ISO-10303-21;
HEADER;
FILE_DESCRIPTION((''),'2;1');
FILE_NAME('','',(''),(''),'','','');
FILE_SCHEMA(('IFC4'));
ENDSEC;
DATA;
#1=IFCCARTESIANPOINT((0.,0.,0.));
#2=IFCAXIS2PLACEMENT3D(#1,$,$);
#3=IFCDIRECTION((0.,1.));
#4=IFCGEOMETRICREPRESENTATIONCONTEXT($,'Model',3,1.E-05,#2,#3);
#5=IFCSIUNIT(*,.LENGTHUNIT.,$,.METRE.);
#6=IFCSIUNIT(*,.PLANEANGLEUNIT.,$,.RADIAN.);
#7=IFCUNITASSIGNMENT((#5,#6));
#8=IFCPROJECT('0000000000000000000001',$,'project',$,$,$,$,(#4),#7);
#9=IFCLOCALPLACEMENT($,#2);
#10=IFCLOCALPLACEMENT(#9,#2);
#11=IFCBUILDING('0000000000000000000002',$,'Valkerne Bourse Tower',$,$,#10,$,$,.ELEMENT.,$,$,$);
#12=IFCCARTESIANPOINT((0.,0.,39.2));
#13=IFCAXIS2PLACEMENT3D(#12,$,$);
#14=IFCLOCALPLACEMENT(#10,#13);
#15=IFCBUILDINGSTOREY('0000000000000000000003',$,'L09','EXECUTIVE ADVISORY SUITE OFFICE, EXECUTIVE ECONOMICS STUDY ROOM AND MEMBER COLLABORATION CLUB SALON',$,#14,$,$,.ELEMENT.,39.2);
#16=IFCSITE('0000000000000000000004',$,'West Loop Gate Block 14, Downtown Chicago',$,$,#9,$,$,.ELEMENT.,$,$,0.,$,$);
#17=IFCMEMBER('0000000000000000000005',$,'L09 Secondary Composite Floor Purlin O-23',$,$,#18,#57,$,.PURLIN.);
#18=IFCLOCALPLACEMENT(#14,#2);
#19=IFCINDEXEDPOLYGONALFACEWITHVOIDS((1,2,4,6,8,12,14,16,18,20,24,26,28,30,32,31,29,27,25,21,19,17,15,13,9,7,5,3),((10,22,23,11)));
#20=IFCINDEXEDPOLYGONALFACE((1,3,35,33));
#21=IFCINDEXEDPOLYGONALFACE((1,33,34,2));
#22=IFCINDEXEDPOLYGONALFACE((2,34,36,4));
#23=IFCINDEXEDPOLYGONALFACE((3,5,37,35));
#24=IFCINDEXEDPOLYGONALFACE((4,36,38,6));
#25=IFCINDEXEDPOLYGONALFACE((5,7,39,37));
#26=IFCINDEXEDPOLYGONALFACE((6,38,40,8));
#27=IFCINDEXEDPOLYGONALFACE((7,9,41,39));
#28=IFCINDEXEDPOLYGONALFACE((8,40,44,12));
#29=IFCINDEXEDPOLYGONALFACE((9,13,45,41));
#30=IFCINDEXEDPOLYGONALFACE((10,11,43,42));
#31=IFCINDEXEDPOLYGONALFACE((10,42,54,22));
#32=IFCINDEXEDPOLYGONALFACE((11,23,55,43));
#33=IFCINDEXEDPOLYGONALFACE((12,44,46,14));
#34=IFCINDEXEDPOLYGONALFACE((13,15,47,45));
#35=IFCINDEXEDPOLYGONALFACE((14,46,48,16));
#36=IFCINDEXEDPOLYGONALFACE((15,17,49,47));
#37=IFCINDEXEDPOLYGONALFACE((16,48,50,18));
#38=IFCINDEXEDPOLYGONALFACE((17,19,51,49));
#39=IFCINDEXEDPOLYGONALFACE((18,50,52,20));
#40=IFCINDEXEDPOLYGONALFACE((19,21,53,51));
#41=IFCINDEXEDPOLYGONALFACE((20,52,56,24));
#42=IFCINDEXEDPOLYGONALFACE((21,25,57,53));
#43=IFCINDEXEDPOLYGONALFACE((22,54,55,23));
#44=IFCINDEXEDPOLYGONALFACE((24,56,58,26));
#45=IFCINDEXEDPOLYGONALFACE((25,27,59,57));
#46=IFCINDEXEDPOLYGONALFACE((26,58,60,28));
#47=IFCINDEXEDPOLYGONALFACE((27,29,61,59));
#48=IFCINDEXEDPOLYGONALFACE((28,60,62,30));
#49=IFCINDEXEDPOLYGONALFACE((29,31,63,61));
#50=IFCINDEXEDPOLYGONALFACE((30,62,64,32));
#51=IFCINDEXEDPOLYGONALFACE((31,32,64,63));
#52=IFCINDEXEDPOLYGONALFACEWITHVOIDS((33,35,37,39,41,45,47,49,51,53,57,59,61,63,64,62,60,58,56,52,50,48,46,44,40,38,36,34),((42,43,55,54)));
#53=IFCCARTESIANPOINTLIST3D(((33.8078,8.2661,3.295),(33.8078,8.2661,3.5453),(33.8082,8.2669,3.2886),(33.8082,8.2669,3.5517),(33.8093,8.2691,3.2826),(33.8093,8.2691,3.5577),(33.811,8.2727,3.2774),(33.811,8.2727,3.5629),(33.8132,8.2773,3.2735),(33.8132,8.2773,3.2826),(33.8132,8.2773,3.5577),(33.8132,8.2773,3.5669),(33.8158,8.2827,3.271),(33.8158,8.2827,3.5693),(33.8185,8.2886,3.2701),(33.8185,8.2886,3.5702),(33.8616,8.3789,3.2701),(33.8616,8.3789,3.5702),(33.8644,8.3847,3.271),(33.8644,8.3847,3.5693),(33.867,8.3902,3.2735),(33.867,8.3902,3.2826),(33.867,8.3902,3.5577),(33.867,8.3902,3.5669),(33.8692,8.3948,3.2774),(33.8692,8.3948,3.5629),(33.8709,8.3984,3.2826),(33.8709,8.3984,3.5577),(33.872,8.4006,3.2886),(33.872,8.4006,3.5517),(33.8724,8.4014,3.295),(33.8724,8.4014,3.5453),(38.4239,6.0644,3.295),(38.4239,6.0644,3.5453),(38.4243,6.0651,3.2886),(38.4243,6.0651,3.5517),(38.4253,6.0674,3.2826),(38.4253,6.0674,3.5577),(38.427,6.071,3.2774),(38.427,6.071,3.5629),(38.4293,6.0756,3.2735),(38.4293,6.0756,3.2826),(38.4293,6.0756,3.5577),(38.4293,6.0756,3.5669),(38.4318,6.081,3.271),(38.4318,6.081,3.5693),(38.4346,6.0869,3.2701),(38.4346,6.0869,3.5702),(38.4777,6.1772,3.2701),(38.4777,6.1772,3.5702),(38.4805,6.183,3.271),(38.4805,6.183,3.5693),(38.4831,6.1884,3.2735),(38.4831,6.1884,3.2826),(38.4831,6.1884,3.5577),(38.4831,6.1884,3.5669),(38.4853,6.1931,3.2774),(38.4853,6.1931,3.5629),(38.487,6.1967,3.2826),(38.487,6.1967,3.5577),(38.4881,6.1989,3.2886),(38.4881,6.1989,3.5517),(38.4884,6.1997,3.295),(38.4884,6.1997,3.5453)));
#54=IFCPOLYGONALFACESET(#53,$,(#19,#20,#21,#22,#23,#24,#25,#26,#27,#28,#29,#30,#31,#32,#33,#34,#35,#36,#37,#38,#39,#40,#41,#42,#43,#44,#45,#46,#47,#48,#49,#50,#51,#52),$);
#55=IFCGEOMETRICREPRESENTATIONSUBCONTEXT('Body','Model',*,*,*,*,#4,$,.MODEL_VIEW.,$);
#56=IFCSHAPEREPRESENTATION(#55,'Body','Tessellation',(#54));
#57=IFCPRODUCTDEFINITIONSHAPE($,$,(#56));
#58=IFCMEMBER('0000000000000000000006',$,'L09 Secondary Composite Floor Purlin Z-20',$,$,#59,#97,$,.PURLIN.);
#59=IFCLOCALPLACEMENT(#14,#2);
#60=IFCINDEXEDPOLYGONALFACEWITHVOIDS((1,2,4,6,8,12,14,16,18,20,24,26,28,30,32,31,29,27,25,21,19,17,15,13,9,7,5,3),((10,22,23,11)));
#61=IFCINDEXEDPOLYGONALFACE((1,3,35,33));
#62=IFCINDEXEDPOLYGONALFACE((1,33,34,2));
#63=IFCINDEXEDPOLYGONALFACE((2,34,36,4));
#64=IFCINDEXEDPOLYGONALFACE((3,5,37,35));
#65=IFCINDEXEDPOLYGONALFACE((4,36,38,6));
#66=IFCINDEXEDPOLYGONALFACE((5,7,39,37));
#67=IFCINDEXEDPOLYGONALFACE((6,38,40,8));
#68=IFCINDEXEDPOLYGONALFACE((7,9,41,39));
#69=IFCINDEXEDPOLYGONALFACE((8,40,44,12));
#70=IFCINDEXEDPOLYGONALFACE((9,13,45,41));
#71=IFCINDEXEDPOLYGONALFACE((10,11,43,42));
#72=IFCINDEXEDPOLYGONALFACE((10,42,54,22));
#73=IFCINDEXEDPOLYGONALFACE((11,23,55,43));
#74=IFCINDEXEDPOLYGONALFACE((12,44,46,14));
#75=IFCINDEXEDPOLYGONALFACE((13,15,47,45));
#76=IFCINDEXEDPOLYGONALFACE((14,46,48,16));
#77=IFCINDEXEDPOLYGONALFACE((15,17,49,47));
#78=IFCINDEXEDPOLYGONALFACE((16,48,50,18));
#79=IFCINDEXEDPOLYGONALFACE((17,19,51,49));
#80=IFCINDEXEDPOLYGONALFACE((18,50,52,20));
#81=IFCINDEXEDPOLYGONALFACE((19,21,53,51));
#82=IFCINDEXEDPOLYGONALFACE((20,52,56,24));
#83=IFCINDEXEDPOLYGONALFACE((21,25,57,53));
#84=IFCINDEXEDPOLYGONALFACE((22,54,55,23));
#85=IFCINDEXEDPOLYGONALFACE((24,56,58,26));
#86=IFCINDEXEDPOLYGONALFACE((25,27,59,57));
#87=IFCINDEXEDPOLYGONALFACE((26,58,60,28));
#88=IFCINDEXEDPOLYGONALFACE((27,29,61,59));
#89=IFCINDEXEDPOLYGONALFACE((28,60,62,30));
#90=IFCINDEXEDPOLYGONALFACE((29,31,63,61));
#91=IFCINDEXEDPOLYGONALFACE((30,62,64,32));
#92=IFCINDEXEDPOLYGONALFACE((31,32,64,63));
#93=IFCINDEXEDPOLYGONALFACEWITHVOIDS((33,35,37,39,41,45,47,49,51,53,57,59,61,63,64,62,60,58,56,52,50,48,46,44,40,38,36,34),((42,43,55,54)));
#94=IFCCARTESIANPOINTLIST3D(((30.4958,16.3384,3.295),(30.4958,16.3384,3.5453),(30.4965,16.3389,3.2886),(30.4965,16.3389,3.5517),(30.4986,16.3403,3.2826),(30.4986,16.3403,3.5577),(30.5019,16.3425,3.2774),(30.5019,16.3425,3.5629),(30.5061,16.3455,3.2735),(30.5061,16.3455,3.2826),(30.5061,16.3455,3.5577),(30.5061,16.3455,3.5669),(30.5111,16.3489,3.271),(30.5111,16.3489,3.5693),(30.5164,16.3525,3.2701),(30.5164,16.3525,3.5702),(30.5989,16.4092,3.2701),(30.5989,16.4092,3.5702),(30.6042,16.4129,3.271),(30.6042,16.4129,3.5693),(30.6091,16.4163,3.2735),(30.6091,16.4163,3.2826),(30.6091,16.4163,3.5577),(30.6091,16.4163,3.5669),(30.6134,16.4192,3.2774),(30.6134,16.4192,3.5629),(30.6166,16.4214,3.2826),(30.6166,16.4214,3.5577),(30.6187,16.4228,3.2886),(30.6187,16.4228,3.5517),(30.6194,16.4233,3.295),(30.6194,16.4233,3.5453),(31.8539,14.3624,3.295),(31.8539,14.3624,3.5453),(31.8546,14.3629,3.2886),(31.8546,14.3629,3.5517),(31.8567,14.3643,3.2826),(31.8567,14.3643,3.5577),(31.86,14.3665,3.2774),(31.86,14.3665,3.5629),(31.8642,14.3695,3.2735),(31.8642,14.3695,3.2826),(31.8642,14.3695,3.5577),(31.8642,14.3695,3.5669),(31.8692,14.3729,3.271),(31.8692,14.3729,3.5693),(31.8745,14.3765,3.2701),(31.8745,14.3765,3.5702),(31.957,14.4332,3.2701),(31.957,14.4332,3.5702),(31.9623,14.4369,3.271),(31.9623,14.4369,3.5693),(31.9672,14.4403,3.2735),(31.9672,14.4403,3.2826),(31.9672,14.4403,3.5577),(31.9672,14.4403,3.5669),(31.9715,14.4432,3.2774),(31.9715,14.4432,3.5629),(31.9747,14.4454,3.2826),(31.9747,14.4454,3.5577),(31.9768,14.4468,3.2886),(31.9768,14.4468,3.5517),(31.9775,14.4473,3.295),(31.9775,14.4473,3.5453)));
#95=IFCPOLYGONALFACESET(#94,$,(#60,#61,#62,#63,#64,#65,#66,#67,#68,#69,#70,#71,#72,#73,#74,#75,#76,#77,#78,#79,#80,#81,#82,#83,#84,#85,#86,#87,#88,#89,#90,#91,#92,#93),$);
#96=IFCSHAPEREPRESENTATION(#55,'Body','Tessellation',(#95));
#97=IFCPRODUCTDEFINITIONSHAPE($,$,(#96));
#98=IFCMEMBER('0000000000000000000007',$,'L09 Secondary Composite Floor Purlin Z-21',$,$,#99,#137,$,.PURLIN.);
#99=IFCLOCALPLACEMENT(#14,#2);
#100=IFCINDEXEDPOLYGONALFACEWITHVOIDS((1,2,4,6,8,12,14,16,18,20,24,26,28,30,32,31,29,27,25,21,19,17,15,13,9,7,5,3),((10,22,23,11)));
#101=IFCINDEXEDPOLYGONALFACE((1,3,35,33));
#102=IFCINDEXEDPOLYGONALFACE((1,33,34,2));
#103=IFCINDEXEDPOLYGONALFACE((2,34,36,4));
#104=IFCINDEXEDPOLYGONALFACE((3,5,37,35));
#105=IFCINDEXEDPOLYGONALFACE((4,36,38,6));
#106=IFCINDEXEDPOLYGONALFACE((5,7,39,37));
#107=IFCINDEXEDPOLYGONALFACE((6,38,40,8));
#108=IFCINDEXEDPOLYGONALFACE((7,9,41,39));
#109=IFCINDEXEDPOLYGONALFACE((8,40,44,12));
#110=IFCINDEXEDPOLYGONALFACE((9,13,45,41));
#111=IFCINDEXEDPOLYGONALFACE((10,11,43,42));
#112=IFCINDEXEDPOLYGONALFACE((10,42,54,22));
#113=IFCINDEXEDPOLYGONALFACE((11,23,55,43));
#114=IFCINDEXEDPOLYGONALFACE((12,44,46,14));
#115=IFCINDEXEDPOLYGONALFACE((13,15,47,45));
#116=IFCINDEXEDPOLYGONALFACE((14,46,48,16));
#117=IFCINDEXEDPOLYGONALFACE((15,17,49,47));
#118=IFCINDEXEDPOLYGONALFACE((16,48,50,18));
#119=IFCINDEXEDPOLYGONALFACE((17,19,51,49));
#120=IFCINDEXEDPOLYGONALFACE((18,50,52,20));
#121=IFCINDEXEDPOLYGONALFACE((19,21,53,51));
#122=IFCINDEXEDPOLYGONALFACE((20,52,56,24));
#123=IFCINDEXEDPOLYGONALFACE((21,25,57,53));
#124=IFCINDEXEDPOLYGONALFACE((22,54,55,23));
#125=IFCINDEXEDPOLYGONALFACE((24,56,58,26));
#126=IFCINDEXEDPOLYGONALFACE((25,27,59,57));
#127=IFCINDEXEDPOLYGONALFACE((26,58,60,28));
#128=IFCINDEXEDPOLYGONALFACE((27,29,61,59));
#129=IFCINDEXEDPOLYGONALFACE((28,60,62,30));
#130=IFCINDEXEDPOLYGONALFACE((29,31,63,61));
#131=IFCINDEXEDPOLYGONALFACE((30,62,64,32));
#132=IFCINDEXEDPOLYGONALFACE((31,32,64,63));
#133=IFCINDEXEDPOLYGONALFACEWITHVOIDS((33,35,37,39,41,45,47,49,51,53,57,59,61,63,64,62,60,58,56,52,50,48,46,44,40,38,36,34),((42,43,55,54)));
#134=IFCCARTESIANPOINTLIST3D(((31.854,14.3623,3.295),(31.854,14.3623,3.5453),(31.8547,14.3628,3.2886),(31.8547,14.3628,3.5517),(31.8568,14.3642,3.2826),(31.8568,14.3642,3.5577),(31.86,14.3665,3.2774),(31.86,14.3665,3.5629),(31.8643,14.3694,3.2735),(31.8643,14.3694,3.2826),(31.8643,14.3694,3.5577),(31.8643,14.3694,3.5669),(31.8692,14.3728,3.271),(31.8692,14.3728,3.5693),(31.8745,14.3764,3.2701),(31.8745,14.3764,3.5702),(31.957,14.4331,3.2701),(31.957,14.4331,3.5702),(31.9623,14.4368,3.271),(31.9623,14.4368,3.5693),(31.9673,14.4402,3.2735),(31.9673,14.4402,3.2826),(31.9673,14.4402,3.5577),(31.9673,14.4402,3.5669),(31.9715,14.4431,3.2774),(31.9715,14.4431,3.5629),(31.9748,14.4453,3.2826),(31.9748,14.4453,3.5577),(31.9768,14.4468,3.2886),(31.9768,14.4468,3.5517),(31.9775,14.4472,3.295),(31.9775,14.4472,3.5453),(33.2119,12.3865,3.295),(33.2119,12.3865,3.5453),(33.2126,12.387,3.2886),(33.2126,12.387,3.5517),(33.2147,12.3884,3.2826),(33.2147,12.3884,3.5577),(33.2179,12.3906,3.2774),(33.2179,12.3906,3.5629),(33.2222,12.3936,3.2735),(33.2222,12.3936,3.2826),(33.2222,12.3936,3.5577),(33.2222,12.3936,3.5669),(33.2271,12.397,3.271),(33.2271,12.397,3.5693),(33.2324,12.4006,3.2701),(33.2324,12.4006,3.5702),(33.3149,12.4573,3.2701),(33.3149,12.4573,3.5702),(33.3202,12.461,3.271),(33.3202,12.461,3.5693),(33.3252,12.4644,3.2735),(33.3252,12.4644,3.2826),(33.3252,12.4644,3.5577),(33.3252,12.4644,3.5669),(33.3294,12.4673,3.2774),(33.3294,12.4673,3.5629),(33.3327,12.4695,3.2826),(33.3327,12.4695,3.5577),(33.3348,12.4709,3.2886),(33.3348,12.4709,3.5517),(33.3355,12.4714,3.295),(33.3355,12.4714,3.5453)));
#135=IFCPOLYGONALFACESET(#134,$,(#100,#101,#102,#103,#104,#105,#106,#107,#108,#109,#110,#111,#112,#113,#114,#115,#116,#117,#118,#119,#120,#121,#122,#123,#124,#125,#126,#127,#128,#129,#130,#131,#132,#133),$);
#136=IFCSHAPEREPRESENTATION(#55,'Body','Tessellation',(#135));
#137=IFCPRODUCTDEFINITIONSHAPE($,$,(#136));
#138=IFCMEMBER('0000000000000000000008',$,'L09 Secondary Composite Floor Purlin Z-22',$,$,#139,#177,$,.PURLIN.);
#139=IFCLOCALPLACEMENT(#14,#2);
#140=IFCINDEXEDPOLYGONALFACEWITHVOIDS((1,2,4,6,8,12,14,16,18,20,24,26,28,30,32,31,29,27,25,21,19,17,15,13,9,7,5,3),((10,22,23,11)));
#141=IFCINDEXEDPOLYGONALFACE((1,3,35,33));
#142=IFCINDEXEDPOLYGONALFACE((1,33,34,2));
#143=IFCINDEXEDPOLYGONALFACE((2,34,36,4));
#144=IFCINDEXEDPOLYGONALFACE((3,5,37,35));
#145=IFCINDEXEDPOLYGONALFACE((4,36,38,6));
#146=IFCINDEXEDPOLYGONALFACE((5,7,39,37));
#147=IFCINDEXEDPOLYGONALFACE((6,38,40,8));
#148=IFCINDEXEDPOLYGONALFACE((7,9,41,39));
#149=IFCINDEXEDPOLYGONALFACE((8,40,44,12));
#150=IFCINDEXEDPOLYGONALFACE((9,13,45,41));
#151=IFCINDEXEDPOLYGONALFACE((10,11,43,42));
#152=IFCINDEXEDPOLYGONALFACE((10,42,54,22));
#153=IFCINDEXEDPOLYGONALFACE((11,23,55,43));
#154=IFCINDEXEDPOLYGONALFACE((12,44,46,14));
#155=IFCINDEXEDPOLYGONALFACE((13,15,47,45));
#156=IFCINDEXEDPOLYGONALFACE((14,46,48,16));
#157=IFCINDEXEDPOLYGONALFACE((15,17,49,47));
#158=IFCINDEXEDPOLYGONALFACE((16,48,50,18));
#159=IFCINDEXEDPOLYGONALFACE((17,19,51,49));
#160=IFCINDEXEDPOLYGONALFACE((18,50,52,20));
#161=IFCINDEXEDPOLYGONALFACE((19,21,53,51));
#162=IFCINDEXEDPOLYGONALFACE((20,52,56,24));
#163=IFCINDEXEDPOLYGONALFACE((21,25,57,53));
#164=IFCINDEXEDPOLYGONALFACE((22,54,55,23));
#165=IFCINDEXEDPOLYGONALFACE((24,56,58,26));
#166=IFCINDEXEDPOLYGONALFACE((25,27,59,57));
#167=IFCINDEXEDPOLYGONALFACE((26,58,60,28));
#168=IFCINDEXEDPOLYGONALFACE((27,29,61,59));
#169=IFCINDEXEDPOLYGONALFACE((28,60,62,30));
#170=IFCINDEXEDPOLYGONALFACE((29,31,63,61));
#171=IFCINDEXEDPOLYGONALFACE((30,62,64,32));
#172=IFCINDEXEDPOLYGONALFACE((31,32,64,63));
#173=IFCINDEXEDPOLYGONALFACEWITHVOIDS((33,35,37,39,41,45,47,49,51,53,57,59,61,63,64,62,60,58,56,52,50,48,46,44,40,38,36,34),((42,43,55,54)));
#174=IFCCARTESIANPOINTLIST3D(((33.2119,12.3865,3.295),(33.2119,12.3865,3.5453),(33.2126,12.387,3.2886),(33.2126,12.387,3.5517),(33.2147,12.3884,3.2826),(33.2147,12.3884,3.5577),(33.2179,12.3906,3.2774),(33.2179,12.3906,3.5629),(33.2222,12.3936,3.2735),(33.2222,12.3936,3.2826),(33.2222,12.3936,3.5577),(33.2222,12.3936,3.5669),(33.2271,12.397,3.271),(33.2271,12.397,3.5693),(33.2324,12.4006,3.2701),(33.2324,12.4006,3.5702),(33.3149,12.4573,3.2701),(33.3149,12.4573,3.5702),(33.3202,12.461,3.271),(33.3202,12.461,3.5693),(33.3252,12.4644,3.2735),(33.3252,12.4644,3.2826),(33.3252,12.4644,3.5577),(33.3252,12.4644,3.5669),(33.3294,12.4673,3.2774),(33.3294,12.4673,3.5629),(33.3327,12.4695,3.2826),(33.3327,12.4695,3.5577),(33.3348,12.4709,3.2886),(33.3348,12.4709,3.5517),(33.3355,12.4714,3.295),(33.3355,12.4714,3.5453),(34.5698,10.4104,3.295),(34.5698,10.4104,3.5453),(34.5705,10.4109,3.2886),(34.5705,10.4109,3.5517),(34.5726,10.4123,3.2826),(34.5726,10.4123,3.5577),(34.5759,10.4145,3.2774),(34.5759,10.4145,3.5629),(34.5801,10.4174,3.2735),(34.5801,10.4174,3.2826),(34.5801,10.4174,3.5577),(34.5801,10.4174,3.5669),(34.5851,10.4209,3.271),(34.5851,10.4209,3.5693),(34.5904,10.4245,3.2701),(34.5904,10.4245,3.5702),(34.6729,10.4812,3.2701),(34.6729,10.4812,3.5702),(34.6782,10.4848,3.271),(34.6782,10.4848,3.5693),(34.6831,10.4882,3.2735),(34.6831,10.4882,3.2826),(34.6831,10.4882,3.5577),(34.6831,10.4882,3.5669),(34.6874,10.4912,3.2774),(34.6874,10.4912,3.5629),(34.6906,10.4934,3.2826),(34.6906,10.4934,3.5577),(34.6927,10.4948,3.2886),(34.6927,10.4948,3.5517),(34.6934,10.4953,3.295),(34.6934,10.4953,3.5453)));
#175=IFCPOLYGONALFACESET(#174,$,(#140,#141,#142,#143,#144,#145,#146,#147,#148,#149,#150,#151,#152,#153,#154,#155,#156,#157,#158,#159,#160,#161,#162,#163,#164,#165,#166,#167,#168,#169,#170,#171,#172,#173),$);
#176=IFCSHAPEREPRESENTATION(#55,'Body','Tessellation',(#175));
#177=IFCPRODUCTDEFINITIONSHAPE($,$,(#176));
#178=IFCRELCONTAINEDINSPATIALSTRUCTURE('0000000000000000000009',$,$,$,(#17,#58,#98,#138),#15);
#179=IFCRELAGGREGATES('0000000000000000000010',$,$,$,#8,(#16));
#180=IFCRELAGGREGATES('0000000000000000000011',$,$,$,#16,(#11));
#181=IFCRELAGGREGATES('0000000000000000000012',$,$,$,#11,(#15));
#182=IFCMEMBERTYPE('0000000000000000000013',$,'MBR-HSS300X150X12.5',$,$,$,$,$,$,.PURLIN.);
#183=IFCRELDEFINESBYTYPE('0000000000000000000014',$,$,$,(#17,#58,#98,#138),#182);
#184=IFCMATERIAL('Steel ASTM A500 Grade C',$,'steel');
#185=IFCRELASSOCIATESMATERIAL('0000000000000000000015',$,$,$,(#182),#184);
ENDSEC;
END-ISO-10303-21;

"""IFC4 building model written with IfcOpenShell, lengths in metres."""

from ifc_helpers import new_model, si_unit, direction, frame, origin, origin_2d, place, context, subcontext, project, spatial, hollow_rectangle, extrude, material, material_profile, profile_set, type_object, element, save


model = new_model("IFC4")

# Units and contexts
model_context = context("Model", 3, precision=1e-05, world=origin(), true_north=direction((0.0, 1.0)))
body_context = subcontext(model_context, "Body", "Model", "MODEL_VIEW")
ifc_project = project(units=[si_unit("LENGTHUNIT", "METRE"), si_unit("PLANEANGLEUNIT", "RADIAN")], contexts=[model_context])

# Site, building, storey
site_placement = place(None, origin())
site = spatial("IfcSite", under=ifc_project, at=site_placement, Name="West Loop Gate Block 14, Downtown Chicago", CompositionType="ELEMENT", RefElevation=0.0)
building_placement = place(site_placement, origin())
building = spatial("IfcBuilding", under=site, at=building_placement, Name="Valkerne Bourse Tower", CompositionType="ELEMENT")
storey_placement = place(building_placement, frame((0.0, 0.0, 39.2)))
storey = spatial("IfcBuildingStorey", under=building, at=storey_placement, Name="L09", Description="EXECUTIVE ADVISORY SUITE OFFICE, EXECUTIVE ECONOMICS STUDY ROOM AND MEMBER COLLABORATION CLUB SALON", CompositionType="ELEMENT", Elevation=39.2)

# Members
ifc_material_1 = material(Name="Steel ASTM A500 Grade C", Category="steel")
ifc_material_profile_1 = material_profile(ifc_material_1, hollow_rectangle(XDim=0.1499, YDim=0.3, WallThickness=0.0125, OuterFilletRadius=0.0249, at=origin_2d()), Name="HSS300X150X12.5")
ifc_profile_set_1 = profile_set([ifc_material_profile_1], Name="Steel ASTM A500 Grade C")
member_type_1 = type_object("IfcMemberType", Name="MBR-HSS300X150X12.5", PredefinedType="PURLIN", material=ifc_profile_set_1)
member_1_placement = place(storey_placement, frame((33.8401, 8.3337, 3.4202), z_axis=(0.902589, -0.430504, 0.0), x_axis=(0.430504, 0.902589, 0.0)))
element("IfcMember", 1, at=member_1_placement, inside=storey, type_object=member_type_1, Name="L09 Secondary Composite Floor Purlin O-23", PredefinedType="PURLIN", context=body_context, shape_type="SweptSolid", body=[
    extrude(hollow_rectangle(XDim=0.1499, YDim=0.3, WallThickness=0.0125, OuterFilletRadius=0.0249, at=origin_2d()), origin(), (0.0, 0.0, 1.0), 5.1143),
])
member_2_placement = place(storey_placement, frame((30.5576, 16.3809, 3.4202), z_axis=(0.566416, -0.824119, 0.0), x_axis=(0.824119, 0.566416, 0.0)))
element("IfcMember", 2, at=member_2_placement, inside=storey, type_object=member_type_1, Name="L09 Secondary Composite Floor Purlin Z-20", PredefinedType="PURLIN", context=body_context, shape_type="SweptSolid", body=[
    extrude(hollow_rectangle(XDim=0.1499, YDim=0.3, WallThickness=0.0125, OuterFilletRadius=0.0249, at=origin_2d()), origin(), (0.0, 0.0, 1.0), 2.3977),
])
member_3_placement = place(storey_placement, frame((31.9158, 14.4048, 3.4202), z_axis=(0.566395, -0.824134, 0.0), x_axis=(0.824134, 0.566395, 0.0)))
element("IfcMember", 3, at=member_3_placement, inside=storey, type_object=member_type_1, Name="L09 Secondary Composite Floor Purlin Z-21", PredefinedType="PURLIN", context=body_context, shape_type="SweptSolid", body=[
    extrude(hollow_rectangle(XDim=0.1499, YDim=0.3, WallThickness=0.0125, OuterFilletRadius=0.0249, at=origin_2d()), origin(), (0.0, 0.0, 1.0), 2.3975),
])
member_4_placement = place(storey_placement, frame((33.2737, 12.429, 3.4202), z_axis=(0.566347, -0.824167, 0.0), x_axis=(0.824167, 0.566347, 0.0)))
element("IfcMember", 4, at=member_4_placement, inside=storey, type_object=member_type_1, Name="L09 Secondary Composite Floor Purlin Z-22", PredefinedType="PURLIN", context=body_context, shape_type="SweptSolid", body=[
    extrude(hollow_rectangle(XDim=0.1499, YDim=0.3, WallThickness=0.0125, OuterFilletRadius=0.0249, at=origin_2d()), origin(), (0.0, 0.0, 1.0), 2.3977),
])

save(model, "model.ifc")
